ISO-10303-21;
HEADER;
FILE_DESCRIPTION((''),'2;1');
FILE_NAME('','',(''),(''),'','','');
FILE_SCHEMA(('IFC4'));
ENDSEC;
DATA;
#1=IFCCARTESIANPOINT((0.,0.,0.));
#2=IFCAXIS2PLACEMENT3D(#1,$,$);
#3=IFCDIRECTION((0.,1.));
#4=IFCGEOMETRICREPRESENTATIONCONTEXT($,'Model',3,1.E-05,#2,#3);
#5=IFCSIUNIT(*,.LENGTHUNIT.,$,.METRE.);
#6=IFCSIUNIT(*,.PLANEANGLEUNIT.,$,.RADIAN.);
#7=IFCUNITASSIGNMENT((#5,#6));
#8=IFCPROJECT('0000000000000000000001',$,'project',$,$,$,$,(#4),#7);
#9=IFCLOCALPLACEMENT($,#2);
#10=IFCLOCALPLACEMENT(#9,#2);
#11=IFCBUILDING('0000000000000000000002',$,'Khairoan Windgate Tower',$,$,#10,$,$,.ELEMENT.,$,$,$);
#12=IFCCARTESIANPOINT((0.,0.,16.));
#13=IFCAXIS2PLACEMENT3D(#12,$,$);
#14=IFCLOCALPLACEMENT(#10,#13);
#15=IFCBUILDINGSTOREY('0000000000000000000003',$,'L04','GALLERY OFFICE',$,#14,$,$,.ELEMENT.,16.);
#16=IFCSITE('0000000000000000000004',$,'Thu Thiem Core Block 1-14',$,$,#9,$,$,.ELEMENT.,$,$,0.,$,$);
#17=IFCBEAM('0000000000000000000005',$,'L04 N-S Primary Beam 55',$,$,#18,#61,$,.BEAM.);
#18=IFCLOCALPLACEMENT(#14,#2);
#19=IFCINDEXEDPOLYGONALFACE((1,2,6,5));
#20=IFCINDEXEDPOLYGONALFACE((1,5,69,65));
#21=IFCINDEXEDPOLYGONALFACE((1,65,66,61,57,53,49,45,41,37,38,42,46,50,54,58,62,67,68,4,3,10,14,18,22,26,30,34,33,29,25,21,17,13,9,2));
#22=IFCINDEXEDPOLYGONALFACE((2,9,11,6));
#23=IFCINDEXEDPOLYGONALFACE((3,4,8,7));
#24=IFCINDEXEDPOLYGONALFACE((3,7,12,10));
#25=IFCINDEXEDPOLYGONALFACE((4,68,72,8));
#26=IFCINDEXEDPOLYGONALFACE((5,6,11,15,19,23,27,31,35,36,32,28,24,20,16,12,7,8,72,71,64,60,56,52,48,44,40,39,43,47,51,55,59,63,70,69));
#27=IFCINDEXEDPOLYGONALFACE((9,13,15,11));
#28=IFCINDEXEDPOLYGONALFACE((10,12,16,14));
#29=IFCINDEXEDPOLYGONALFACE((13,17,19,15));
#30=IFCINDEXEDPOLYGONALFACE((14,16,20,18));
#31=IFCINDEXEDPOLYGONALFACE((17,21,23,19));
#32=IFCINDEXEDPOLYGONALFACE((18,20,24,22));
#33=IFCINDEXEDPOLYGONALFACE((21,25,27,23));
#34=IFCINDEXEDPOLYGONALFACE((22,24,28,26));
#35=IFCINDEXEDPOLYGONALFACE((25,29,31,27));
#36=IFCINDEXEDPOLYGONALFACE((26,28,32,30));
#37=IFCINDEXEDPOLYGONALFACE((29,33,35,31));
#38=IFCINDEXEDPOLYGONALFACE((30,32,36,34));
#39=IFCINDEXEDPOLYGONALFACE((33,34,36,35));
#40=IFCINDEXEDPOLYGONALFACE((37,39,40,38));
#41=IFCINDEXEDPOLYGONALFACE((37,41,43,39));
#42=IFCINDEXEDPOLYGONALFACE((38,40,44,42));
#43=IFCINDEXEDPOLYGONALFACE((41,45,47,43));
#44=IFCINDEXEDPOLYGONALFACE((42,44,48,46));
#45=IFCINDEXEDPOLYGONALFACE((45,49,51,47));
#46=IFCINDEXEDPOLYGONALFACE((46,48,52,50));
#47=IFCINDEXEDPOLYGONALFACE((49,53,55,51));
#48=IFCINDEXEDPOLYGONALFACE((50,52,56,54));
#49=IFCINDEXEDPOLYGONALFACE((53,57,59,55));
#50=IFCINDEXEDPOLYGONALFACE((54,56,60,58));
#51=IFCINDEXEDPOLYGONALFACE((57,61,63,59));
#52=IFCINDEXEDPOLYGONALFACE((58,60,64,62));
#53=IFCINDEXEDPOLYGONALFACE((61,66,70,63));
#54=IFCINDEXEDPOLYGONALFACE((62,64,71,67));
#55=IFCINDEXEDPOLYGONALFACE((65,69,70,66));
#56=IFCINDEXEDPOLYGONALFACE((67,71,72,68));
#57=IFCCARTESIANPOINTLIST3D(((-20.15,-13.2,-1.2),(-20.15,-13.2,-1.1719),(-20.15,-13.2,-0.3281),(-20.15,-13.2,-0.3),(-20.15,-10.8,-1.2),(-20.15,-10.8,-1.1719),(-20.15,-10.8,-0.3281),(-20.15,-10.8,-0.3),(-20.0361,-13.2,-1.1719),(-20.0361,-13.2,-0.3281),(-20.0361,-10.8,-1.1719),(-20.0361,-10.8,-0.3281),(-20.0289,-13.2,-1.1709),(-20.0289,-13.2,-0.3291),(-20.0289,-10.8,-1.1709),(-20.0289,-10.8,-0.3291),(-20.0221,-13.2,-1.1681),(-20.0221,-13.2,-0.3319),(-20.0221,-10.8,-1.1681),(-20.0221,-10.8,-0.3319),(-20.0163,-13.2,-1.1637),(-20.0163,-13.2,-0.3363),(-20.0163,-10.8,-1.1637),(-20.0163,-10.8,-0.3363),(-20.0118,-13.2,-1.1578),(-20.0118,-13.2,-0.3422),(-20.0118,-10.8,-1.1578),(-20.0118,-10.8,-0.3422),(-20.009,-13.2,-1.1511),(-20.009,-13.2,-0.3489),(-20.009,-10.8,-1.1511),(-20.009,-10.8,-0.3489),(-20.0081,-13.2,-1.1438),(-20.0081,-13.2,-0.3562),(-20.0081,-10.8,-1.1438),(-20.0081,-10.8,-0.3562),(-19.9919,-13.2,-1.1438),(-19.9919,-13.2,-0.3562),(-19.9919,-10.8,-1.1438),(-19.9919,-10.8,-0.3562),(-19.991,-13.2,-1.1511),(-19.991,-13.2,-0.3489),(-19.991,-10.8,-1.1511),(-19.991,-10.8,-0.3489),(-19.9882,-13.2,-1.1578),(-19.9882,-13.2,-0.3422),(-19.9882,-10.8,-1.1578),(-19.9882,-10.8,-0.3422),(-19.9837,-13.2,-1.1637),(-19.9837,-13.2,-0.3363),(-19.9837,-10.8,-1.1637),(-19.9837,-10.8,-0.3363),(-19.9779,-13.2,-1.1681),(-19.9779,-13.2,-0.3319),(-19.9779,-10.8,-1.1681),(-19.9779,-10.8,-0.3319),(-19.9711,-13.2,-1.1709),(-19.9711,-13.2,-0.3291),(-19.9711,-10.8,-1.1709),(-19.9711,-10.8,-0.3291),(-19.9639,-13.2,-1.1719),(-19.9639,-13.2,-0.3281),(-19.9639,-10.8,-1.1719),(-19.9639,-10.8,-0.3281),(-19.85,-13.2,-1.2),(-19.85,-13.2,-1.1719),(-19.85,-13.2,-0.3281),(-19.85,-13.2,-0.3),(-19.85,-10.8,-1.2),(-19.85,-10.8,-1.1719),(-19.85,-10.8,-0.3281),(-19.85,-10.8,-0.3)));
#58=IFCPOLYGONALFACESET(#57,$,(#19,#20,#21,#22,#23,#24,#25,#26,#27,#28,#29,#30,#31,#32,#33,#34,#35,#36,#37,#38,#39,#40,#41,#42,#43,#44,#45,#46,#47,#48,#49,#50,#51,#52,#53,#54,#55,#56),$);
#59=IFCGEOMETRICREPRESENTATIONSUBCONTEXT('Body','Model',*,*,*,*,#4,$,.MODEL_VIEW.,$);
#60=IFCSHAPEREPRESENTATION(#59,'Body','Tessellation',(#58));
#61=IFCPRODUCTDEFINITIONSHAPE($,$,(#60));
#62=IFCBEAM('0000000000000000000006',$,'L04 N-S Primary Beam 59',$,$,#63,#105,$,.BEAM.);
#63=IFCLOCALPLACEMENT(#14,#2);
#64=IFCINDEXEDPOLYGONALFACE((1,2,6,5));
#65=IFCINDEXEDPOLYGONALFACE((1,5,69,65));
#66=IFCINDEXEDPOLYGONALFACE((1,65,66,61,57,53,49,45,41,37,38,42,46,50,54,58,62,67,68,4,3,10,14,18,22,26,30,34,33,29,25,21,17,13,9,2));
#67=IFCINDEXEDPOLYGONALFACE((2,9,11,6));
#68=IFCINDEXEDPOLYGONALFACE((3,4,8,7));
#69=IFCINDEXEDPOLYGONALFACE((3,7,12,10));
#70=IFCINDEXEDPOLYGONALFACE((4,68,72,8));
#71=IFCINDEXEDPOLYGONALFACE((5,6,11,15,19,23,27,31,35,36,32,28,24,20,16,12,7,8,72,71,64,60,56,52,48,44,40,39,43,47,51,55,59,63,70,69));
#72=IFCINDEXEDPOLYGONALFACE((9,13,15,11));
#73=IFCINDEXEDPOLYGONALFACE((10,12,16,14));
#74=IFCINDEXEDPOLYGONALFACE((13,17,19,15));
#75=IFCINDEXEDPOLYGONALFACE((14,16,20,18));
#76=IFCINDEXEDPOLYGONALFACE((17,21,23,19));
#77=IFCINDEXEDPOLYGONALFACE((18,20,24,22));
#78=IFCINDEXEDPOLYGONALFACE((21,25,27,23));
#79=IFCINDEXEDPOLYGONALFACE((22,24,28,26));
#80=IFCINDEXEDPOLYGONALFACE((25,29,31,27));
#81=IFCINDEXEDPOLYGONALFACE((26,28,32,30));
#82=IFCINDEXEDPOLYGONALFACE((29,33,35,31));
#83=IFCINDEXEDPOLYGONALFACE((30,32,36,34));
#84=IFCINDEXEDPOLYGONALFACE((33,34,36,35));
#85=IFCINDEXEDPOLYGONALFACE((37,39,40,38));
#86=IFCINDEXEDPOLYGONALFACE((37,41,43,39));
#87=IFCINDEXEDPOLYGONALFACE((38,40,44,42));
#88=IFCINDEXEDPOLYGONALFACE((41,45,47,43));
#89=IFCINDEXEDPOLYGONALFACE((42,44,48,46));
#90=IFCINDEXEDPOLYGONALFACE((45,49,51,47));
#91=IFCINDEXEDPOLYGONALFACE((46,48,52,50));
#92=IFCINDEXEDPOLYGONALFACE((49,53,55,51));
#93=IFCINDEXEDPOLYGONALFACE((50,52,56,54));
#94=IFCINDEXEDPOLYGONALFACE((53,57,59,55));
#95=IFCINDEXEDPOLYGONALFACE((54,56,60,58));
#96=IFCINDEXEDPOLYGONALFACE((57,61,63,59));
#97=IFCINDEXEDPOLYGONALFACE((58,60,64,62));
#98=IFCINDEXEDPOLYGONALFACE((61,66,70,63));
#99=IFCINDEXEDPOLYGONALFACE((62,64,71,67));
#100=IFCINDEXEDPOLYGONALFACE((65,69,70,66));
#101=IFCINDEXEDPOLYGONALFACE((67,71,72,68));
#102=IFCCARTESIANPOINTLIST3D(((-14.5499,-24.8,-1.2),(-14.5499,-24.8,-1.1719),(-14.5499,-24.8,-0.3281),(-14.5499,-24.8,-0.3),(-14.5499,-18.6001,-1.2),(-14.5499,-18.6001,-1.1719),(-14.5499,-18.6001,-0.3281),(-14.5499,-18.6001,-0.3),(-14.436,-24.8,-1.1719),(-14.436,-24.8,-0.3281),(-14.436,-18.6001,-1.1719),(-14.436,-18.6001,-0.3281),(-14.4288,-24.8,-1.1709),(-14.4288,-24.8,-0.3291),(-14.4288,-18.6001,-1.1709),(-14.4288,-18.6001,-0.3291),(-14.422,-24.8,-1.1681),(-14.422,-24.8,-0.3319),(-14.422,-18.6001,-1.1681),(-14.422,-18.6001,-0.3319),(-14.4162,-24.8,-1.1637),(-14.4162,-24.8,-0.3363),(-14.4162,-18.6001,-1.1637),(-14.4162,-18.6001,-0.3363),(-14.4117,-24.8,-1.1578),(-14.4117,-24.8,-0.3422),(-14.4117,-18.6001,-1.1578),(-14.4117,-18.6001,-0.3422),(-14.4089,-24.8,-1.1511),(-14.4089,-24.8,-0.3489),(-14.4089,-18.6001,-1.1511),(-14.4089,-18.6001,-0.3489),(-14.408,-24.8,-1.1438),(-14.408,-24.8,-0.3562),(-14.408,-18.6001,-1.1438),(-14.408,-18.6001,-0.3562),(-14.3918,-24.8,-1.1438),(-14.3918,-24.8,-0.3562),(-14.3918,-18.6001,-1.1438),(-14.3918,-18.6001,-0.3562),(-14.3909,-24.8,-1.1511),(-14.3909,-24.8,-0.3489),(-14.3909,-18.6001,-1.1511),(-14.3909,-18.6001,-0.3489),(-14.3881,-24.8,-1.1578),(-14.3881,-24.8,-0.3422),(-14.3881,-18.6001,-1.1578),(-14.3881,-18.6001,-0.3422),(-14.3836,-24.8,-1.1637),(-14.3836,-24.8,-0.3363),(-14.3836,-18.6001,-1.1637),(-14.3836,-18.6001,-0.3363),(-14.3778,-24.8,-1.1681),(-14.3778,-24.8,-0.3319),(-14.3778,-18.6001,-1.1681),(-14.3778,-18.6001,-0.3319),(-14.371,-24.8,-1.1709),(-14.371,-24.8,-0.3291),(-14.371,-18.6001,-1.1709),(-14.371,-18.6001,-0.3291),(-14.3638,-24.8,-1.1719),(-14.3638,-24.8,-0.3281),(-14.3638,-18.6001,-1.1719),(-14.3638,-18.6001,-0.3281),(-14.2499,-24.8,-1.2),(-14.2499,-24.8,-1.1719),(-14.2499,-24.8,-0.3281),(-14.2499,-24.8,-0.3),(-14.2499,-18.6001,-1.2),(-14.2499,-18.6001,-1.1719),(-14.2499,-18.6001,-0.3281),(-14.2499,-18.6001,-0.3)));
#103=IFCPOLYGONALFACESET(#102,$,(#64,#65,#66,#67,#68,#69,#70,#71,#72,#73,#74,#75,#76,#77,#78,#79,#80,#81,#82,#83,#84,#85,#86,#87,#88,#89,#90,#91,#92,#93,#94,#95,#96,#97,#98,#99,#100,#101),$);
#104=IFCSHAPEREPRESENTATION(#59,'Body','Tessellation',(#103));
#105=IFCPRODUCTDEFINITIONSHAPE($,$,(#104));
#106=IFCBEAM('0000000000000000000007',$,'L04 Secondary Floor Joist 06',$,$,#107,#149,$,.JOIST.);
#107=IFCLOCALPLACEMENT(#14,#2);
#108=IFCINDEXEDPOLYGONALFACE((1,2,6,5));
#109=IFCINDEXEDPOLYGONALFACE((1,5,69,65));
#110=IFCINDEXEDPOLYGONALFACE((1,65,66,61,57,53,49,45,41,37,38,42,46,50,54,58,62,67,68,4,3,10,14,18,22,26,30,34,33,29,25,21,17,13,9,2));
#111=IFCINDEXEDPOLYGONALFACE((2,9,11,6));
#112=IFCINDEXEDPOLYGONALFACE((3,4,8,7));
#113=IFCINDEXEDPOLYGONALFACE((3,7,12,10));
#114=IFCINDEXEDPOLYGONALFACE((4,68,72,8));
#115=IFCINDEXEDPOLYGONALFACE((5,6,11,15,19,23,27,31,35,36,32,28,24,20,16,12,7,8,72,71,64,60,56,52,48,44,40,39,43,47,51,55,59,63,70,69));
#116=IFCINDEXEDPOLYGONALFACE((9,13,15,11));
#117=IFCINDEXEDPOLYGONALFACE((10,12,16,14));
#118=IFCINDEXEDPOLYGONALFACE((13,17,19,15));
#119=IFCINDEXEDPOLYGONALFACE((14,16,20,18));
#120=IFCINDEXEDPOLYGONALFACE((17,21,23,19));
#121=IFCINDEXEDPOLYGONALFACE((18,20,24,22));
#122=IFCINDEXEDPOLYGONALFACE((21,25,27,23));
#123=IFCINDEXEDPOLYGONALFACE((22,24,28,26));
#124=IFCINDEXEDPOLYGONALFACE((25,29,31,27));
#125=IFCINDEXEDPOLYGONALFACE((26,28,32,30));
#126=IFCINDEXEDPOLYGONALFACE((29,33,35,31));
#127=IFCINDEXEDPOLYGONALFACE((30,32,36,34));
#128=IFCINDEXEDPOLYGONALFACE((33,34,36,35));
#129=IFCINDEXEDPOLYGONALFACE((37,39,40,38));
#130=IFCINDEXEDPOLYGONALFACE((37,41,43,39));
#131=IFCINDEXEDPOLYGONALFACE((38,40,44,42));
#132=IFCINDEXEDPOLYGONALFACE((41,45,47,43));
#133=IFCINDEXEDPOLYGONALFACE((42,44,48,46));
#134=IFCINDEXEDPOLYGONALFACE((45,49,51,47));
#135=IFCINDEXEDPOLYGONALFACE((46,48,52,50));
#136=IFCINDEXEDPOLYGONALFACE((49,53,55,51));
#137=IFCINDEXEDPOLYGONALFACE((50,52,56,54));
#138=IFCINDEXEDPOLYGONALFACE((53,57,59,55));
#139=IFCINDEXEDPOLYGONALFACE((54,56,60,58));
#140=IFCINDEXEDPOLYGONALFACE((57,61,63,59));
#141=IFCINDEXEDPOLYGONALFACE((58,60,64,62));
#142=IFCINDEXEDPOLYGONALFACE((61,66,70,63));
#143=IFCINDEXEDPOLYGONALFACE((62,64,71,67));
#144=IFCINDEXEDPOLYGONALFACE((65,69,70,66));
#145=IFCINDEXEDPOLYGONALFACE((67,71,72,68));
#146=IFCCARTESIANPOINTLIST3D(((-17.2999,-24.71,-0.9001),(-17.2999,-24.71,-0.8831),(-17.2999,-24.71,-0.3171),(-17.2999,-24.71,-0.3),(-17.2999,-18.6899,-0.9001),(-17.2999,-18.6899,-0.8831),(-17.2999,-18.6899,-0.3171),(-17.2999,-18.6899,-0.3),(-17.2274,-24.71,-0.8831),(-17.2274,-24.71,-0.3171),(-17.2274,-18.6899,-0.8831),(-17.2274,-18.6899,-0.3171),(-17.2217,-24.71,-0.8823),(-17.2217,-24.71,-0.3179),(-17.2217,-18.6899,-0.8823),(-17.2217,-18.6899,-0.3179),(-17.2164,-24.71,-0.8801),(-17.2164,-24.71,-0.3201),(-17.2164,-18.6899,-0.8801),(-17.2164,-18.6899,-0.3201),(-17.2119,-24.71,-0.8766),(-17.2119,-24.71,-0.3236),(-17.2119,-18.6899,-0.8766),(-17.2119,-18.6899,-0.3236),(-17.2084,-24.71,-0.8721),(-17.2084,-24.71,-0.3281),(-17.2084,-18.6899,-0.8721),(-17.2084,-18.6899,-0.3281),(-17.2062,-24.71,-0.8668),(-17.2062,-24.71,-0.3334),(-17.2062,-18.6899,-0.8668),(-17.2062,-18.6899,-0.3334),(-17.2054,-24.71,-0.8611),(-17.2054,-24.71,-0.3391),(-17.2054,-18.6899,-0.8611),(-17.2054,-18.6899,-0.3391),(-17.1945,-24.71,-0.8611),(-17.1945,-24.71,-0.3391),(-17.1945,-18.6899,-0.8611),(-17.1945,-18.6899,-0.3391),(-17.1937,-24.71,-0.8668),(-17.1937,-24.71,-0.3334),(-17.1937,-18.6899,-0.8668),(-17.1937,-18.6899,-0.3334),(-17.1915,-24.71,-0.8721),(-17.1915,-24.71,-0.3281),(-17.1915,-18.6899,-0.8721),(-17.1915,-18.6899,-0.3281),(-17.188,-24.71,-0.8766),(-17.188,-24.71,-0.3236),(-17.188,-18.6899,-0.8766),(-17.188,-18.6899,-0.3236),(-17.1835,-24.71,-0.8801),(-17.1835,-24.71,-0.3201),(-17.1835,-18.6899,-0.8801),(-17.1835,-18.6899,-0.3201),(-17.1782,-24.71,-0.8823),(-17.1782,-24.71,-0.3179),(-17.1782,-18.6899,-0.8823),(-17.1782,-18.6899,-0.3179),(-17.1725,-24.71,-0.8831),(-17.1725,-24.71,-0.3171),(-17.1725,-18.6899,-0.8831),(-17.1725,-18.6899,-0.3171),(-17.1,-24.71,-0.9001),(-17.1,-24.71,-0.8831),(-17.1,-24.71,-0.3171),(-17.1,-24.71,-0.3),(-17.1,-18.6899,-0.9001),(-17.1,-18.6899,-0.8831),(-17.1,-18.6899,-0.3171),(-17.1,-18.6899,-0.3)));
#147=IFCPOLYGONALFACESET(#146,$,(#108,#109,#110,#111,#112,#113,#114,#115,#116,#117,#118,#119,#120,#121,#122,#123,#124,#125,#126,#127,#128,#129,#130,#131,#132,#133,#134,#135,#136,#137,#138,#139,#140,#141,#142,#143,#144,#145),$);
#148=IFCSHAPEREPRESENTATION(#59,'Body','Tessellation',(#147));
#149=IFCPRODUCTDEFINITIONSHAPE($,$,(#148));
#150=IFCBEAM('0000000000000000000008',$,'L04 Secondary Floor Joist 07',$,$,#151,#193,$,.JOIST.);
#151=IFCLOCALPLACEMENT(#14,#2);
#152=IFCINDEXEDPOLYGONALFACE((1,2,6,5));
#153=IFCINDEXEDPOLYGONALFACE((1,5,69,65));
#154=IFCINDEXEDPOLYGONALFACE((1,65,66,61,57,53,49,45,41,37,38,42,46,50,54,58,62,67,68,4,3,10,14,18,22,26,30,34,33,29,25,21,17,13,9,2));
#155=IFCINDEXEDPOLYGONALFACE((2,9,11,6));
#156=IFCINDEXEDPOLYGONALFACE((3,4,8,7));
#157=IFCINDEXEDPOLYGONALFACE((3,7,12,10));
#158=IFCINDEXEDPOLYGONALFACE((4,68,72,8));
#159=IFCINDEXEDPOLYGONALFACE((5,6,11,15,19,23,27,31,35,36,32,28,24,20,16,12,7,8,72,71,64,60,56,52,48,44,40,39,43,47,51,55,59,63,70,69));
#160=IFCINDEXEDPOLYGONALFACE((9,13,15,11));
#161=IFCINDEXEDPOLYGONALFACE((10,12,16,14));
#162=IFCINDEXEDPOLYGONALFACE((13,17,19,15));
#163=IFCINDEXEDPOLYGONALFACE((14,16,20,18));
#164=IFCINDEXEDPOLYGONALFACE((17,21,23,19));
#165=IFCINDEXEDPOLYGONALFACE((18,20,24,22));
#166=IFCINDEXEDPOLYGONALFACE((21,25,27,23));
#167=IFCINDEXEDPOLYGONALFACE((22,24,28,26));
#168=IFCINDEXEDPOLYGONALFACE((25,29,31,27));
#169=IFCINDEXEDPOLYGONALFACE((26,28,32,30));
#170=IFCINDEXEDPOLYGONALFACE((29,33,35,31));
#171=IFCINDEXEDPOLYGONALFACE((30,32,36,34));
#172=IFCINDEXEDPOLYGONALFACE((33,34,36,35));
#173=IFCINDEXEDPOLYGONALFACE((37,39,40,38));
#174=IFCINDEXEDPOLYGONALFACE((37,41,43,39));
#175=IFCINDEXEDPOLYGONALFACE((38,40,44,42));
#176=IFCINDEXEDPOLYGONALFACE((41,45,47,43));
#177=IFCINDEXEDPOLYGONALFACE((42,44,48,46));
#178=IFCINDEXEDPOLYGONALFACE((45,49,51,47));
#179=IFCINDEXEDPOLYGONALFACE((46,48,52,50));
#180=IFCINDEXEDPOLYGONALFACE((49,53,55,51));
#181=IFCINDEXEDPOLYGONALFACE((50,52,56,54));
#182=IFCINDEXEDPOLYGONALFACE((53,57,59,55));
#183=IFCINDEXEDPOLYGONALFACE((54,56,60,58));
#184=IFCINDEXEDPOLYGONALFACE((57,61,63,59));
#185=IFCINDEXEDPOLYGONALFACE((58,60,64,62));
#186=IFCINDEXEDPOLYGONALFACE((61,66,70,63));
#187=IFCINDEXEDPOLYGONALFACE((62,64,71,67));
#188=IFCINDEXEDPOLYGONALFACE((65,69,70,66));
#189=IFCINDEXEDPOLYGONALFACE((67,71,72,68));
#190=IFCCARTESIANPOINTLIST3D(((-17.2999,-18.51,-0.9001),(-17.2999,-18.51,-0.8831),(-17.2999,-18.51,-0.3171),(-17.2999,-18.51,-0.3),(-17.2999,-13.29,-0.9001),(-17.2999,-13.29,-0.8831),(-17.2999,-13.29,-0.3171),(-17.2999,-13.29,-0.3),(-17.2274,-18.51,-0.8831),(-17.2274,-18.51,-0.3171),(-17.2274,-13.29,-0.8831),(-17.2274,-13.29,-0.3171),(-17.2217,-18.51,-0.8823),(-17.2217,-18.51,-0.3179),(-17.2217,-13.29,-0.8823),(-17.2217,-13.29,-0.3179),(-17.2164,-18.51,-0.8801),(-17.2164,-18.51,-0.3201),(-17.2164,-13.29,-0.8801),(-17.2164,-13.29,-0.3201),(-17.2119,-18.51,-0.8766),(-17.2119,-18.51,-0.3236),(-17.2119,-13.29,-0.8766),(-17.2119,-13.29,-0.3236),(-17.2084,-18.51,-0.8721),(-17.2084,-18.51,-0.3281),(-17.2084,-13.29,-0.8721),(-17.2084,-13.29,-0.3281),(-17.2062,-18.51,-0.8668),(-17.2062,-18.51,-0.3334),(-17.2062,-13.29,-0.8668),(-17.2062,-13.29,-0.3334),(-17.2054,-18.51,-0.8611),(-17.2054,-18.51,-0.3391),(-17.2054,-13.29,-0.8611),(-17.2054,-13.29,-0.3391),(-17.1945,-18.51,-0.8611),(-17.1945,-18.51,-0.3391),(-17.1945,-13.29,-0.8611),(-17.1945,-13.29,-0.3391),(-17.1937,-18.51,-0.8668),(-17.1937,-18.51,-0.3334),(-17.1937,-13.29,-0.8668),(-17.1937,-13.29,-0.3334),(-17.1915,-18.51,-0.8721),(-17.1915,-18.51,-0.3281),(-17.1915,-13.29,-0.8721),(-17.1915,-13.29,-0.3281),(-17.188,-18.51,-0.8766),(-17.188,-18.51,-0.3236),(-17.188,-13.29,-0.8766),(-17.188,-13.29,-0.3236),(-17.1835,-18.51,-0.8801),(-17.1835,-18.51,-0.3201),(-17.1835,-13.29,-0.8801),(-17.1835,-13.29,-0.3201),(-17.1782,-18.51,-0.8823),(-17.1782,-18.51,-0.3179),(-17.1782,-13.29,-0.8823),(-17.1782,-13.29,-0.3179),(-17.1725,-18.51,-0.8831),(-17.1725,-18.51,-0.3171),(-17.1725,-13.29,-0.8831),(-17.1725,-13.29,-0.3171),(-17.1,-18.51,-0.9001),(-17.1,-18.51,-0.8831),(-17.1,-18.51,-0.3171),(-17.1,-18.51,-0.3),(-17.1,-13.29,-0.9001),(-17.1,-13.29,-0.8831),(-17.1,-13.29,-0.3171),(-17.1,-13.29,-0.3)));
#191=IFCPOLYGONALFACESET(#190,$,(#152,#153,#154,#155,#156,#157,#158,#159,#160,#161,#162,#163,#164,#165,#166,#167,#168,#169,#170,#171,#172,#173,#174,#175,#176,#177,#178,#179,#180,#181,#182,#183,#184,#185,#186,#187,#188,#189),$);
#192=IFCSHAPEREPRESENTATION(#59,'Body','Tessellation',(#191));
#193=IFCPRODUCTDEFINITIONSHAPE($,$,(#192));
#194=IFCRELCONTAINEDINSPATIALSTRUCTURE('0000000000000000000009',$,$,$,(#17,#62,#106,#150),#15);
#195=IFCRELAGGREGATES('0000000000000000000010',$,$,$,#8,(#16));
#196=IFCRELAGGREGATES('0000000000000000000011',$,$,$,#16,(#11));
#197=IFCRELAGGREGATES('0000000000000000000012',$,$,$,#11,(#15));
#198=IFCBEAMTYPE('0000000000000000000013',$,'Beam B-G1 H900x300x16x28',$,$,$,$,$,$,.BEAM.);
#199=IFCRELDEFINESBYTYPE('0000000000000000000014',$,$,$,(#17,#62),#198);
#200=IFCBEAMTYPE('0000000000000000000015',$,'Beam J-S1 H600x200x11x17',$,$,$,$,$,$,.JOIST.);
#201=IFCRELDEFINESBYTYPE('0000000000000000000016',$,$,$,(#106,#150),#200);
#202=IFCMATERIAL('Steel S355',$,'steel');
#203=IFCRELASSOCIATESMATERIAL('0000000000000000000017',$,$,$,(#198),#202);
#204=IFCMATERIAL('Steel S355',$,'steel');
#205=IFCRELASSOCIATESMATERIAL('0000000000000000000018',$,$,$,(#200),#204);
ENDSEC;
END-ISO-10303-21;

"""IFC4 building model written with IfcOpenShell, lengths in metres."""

from ifc_helpers import new_model, si_unit, direction, frame, origin, origin_2d, place, context, subcontext, project, spatial, i_section, extrude, material, material_profile, profile_set, type_object, element, save


model = new_model("IFC4")

# Units and contexts
model_context = context("Model", 3, precision=1e-05, world=origin(), true_north=direction((0.0, 1.0)))
body_context = subcontext(model_context, "Body", "Model", "MODEL_VIEW")
ifc_project = project(units=[si_unit("LENGTHUNIT", "METRE"), si_unit("PLANEANGLEUNIT", "RADIAN")], contexts=[model_context])

# Site, building, storey
site_placement = place(None, origin())
site = spatial("IfcSite", under=ifc_project, at=site_placement, Name="Thu Thiem Core Block 1-14", CompositionType="ELEMENT", RefElevation=0.0)
building_placement = place(site_placement, origin())
building = spatial("IfcBuilding", under=site, at=building_placement, Name="Khairoan Windgate Tower", CompositionType="ELEMENT")
storey_placement = place(building_placement, frame((0.0, 0.0, 16.0)))
storey = spatial("IfcBuildingStorey", under=building, at=storey_placement, Name="L04", Description="GALLERY OFFICE", CompositionType="ELEMENT", Elevation=16.0)

# Beams
ifc_material_1 = material(Name="Steel S355", Category="steel")
ifc_material_profile_1 = material_profile(ifc_material_1, i_section(OverallWidth=0.3, OverallDepth=0.8999, WebThickness=0.0161, FlangeThickness=0.0281, FilletRadius=0.0281, at=origin_2d()))
ifc_profile_set_1 = profile_set([ifc_material_profile_1], Name="Steel S355")
beam_type_1 = type_object("IfcBeamType", Name="Beam B-G1 H900x300x16x28", PredefinedType="BEAM", material=ifc_profile_set_1)
beam_1_placement = place(storey_placement, frame((-20.0, -13.2, -0.75), z_axis=(0.0, 1.0, 0.0), x_axis=(-1.0, 0.0, 0.0)))
element("IfcBeam", 1, at=beam_1_placement, inside=storey, type_object=beam_type_1, Name="L04 N-S Primary Beam 55", PredefinedType="BEAM", context=body_context, shape_type="SweptSolid", body=[
    extrude(i_section(OverallWidth=0.3, OverallDepth=0.8999, WebThickness=0.0161, FlangeThickness=0.0281, FilletRadius=0.0281, at=origin_2d()), origin(), (0.0, 0.0, 1.0), 2.3999),
])
beam_2_placement = place(storey_placement, frame((-14.3999, -24.8, -0.75), z_axis=(0.0, 1.0, 0.0), x_axis=(-1.0, 0.0, 0.0)))
element("IfcBeam", 2, at=beam_2_placement, inside=storey, type_object=beam_type_1, Name="L04 N-S Primary Beam 59", PredefinedType="BEAM", context=body_context, shape_type="SweptSolid", body=[
    extrude(i_section(OverallWidth=0.3, OverallDepth=0.8999, WebThickness=0.0161, FlangeThickness=0.0281, FilletRadius=0.0281, at=origin_2d()), origin(), (0.0, 0.0, 1.0), 6.2),
])
ifc_material_2 = material(Name="Steel S355", Category="steel")
ifc_material_profile_2 = material_profile(ifc_material_2, i_section(OverallWidth=0.2, OverallDepth=0.6001, WebThickness=0.011, FlangeThickness=0.0171, FilletRadius=0.022, at=origin_2d()))
ifc_profile_set_2 = profile_set([ifc_material_profile_2], Name="Steel S355")
beam_type_2 = type_object("IfcBeamType", Name="Beam J-S1 H600x200x11x17", PredefinedType="JOIST", material=ifc_profile_set_2)
beam_3_placement = place(storey_placement, frame((-17.2, -24.71, -0.6001), z_axis=(0.0, 1.0, 0.0), x_axis=(-1.0, 0.0, 0.0)))
element("IfcBeam", 3, at=beam_3_placement, inside=storey, type_object=beam_type_2, Name="L04 Secondary Floor Joist 06", PredefinedType="JOIST", context=body_context, shape_type="SweptSolid", body=[
    extrude(i_section(OverallWidth=0.2, OverallDepth=0.6001, WebThickness=0.011, FlangeThickness=0.0171, FilletRadius=0.022, at=origin_2d()), origin(), (0.0, 0.0, 1.0), 6.02),
])
beam_4_placement = place(storey_placement, frame((-17.2, -18.51, -0.6001), z_axis=(0.0, 1.0, 0.0), x_axis=(-1.0, 0.0, 0.0)))
element("IfcBeam", 4, at=beam_4_placement, inside=storey, type_object=beam_type_2, Name="L04 Secondary Floor Joist 07", PredefinedType="JOIST", context=body_context, shape_type="SweptSolid", body=[
    extrude(i_section(OverallWidth=0.2, OverallDepth=0.6001, WebThickness=0.011, FlangeThickness=0.0171, FilletRadius=0.022, at=origin_2d()), origin(), (0.0, 0.0, 1.0), 5.22),
])

save(model, "model.ifc")
